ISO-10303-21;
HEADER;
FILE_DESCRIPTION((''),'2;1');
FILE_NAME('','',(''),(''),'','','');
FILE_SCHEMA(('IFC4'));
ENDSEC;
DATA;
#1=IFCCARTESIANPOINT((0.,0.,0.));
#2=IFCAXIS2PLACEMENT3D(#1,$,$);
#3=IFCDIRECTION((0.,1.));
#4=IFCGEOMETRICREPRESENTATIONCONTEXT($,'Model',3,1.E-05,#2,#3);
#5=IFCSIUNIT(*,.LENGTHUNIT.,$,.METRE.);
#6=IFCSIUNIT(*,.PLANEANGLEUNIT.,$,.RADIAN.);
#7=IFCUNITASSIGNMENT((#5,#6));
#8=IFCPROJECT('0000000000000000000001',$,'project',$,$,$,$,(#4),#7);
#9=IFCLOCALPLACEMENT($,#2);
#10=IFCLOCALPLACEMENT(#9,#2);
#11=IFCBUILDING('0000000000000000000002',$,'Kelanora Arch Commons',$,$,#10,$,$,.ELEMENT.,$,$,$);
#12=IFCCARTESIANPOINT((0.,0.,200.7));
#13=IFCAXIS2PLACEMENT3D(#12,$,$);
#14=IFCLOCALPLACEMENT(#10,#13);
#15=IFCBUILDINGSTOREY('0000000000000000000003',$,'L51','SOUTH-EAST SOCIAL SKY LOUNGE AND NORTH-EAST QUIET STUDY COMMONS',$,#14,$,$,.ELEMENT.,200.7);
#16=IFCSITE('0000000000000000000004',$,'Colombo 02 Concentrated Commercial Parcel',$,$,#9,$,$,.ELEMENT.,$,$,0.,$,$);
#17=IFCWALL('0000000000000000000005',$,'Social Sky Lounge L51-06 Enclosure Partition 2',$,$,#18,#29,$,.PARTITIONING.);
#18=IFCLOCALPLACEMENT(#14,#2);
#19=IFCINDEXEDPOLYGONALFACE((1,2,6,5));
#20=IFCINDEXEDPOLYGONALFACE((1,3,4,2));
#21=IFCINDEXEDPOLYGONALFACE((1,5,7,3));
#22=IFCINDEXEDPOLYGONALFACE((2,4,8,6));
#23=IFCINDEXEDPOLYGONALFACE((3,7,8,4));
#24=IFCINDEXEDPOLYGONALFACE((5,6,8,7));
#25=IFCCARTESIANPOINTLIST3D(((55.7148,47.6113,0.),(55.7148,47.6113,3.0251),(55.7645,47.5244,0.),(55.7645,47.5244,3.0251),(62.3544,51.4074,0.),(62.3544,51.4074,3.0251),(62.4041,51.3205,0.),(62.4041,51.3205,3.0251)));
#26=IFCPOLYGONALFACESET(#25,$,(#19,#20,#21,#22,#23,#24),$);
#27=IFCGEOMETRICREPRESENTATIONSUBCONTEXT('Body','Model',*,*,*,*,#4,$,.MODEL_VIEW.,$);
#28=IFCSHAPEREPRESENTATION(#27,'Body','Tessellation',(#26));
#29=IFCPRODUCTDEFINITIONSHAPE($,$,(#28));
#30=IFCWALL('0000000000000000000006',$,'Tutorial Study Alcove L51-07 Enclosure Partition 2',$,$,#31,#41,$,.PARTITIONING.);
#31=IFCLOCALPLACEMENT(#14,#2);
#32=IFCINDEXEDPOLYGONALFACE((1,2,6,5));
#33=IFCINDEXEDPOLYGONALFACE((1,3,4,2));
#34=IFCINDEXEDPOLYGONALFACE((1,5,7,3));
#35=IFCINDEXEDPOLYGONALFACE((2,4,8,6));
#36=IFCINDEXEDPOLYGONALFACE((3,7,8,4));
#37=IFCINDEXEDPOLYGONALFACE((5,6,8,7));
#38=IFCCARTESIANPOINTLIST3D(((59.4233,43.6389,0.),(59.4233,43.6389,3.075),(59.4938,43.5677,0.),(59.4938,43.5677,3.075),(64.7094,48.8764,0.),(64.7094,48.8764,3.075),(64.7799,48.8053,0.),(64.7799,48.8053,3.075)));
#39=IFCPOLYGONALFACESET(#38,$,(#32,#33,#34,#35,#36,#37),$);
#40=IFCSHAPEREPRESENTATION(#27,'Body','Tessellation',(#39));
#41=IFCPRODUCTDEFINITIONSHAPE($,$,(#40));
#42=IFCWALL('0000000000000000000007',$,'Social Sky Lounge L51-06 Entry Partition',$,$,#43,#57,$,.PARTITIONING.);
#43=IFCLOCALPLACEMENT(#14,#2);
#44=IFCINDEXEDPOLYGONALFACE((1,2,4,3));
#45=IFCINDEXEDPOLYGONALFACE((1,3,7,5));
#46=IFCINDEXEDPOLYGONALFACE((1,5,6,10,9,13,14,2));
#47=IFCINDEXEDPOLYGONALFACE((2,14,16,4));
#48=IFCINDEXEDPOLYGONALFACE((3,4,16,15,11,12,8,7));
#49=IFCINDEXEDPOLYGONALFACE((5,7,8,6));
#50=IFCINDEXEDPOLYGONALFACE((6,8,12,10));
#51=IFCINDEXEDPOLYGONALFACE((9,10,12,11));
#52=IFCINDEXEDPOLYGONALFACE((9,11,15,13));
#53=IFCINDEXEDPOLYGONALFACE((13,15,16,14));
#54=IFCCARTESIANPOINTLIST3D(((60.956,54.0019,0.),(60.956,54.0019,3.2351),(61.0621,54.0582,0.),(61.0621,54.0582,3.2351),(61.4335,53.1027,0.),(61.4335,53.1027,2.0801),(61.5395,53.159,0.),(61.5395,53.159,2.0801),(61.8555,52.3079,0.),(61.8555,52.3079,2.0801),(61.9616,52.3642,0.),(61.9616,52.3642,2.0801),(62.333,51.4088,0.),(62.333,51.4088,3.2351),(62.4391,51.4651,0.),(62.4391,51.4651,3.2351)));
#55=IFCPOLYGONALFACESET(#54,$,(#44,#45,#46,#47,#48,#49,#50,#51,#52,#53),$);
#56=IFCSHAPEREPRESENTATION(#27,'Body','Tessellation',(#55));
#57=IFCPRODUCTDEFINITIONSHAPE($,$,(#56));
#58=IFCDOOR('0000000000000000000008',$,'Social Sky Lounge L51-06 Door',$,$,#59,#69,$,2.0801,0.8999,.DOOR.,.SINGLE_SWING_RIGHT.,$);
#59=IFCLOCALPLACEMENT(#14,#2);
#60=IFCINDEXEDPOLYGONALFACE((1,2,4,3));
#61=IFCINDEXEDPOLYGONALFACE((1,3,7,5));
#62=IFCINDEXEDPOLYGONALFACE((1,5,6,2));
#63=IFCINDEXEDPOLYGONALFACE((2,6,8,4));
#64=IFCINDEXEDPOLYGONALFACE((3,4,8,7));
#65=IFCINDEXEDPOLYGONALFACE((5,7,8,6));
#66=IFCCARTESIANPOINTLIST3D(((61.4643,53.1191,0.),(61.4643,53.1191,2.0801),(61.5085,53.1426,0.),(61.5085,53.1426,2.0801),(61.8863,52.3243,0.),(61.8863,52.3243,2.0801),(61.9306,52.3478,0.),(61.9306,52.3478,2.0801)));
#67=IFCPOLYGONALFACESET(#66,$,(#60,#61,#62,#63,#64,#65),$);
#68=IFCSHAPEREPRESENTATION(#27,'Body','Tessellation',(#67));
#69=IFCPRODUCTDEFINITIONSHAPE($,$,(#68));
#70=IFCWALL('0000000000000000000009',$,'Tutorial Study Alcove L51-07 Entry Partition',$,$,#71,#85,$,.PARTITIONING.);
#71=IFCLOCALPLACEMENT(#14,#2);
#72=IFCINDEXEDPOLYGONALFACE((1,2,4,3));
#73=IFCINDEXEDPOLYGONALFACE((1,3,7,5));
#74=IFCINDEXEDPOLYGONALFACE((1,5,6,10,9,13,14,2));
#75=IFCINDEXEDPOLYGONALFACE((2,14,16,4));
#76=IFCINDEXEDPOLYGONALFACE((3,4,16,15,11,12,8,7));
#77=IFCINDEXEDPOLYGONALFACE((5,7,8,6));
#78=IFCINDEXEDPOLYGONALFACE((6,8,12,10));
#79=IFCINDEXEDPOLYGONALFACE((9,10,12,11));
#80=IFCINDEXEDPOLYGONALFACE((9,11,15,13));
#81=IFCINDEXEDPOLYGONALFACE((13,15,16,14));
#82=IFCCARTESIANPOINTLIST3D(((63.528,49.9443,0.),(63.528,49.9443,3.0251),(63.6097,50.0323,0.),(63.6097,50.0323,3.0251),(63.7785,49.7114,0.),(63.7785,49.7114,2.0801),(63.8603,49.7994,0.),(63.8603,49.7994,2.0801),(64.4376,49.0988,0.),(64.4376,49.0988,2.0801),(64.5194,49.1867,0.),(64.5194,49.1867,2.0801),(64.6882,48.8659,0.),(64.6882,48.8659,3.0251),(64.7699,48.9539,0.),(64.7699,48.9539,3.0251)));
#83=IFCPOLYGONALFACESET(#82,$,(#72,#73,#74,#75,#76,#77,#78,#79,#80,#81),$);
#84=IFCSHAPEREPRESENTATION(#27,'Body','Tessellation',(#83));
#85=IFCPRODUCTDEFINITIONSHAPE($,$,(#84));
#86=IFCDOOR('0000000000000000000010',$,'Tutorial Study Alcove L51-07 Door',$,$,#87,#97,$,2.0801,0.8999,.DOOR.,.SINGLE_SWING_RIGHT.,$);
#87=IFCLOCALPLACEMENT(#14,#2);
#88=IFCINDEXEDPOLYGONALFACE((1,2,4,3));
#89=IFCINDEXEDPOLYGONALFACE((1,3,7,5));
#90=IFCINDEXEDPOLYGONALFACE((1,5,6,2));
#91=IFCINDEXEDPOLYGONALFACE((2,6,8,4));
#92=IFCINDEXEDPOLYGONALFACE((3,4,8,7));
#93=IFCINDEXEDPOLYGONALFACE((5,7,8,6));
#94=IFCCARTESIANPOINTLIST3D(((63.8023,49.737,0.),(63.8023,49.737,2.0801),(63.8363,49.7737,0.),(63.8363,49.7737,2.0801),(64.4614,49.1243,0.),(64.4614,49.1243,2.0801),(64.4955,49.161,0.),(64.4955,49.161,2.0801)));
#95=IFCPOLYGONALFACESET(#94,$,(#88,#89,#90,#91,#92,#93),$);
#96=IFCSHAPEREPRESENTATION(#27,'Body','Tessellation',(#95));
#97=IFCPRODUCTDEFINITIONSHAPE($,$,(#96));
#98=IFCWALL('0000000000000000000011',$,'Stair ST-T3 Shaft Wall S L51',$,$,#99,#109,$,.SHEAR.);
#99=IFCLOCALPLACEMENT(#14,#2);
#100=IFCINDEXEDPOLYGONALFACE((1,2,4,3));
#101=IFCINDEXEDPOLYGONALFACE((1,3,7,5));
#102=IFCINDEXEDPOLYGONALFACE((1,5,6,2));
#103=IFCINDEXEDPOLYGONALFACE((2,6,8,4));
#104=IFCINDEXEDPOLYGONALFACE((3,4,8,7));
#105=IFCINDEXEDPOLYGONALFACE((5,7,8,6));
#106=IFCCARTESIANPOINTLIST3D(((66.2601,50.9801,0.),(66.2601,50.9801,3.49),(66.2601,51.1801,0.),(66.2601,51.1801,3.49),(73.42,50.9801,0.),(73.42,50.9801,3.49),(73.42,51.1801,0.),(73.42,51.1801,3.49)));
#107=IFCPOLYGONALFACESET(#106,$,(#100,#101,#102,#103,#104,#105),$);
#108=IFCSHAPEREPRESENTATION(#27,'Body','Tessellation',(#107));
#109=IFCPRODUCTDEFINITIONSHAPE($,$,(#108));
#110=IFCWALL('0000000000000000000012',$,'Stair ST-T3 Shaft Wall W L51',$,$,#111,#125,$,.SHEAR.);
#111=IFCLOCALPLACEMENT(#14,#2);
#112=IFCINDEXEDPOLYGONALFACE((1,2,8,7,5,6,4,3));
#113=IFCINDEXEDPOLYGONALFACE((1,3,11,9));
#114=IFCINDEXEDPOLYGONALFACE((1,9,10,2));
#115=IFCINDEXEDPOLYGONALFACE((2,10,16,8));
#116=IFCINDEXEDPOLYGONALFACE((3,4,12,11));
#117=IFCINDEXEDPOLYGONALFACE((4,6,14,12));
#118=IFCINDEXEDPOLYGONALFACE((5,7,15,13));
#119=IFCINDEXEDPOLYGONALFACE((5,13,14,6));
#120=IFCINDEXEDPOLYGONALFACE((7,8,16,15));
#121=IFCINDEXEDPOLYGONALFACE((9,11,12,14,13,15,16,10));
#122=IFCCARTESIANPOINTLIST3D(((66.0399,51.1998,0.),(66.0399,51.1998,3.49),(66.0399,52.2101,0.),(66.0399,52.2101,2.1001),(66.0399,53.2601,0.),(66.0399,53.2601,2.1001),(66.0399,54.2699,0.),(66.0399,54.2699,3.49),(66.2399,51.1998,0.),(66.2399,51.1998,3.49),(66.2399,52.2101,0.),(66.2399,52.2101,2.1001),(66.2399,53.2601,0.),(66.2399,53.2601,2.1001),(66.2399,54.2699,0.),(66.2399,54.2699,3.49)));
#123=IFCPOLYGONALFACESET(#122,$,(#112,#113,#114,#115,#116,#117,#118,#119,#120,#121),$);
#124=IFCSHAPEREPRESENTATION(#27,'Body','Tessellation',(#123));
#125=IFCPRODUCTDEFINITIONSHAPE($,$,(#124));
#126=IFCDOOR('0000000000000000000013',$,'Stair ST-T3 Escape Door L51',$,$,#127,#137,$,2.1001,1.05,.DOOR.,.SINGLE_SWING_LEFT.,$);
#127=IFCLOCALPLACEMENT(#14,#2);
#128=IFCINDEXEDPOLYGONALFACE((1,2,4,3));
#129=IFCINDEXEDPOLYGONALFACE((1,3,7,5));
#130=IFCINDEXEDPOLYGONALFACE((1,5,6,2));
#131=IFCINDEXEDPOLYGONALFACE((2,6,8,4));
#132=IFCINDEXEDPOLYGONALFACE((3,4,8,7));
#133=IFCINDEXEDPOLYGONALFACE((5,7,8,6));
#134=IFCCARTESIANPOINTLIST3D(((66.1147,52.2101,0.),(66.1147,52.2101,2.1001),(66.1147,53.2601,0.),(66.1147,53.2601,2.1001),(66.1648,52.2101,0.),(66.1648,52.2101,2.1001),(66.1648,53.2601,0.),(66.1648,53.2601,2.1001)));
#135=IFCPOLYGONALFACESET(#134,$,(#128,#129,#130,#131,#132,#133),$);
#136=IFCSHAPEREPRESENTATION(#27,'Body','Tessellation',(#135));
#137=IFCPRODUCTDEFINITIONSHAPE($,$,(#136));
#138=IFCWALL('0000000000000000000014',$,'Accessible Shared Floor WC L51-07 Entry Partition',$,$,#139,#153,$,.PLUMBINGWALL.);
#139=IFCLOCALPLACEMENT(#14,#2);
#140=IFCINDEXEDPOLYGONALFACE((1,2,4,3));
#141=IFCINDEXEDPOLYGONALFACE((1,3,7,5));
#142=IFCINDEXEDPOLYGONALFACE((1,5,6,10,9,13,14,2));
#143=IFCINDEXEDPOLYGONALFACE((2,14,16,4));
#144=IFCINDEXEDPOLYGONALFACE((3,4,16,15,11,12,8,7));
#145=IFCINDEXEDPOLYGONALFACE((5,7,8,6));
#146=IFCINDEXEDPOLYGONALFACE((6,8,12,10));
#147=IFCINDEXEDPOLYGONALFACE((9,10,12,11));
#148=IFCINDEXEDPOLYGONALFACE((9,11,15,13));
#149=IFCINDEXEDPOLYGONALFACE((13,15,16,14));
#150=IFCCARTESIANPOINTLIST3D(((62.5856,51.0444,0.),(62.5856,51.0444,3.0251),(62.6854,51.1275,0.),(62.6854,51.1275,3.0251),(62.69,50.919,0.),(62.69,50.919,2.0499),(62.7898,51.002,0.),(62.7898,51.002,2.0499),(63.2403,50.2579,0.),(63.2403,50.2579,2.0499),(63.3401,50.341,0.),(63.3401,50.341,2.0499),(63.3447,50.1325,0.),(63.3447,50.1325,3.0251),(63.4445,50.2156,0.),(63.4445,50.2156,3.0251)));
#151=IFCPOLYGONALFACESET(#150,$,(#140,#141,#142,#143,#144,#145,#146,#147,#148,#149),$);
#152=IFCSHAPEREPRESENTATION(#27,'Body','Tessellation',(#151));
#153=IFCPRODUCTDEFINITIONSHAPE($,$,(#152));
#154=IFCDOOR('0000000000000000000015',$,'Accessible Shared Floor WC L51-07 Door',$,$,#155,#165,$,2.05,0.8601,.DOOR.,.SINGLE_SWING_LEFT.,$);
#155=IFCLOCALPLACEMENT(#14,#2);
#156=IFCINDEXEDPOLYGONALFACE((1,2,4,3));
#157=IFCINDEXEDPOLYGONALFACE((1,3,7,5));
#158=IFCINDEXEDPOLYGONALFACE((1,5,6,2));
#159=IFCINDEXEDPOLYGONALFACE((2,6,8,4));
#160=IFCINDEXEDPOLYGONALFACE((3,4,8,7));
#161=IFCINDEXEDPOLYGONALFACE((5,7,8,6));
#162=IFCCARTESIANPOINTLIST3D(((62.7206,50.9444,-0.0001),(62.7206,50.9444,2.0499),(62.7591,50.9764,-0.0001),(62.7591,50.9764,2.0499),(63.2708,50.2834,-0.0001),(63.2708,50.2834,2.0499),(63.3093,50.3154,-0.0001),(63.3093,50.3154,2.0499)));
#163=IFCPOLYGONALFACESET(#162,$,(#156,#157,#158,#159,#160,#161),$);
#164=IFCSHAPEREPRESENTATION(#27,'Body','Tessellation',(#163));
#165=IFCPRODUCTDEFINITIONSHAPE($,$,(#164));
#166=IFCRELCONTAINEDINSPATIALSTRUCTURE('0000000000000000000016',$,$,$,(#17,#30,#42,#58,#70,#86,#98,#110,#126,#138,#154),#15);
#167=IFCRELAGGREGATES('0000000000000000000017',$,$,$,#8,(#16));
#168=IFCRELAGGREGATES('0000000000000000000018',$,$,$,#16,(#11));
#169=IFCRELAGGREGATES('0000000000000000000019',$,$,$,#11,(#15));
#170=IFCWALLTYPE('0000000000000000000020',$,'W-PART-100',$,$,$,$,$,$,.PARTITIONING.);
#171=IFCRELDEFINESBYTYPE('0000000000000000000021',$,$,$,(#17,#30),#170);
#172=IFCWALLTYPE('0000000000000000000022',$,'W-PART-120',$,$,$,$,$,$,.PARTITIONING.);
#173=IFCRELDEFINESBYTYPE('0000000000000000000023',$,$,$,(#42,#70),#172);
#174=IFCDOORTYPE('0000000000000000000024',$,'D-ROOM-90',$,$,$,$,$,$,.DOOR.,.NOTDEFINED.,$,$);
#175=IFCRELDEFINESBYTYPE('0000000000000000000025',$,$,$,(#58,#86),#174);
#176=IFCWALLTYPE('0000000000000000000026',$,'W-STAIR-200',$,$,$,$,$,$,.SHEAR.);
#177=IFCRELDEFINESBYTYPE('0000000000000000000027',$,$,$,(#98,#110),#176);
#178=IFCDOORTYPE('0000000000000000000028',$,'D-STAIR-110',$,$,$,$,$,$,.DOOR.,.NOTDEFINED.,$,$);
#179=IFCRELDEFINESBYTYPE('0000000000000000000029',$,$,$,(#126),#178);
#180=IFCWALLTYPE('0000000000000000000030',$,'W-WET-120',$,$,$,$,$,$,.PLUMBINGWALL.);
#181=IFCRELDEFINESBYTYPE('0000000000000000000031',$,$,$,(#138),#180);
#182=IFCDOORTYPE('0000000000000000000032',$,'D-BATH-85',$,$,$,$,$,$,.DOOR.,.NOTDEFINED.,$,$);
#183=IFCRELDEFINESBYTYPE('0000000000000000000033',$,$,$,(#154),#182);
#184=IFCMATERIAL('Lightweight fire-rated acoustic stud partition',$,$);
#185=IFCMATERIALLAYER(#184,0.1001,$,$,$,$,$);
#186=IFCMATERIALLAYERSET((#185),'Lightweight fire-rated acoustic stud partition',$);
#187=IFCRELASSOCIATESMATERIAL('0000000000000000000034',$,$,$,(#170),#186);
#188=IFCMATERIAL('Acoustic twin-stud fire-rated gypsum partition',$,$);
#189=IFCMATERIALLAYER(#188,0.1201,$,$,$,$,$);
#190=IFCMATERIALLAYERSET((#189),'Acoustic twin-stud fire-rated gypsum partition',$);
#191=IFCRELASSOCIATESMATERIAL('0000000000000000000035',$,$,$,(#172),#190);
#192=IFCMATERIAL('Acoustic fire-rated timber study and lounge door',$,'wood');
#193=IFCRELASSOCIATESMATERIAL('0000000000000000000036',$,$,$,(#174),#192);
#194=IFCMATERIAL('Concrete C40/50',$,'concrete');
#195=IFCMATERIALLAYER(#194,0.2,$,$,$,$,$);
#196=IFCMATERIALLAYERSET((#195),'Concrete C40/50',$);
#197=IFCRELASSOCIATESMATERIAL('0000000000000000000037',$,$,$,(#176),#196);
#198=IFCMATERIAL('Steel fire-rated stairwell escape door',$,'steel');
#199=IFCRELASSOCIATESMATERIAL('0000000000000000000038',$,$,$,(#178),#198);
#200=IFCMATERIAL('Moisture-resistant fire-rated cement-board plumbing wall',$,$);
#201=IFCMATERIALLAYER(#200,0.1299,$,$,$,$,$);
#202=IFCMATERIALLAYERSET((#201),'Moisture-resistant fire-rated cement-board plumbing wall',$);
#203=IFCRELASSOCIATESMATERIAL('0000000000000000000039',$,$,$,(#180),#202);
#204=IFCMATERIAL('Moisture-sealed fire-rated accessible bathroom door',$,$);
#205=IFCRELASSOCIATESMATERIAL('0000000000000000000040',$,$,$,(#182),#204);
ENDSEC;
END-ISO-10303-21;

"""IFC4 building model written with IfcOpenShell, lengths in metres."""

from ifc_helpers import new_model, si_unit, direction, frame, frame_2d, origin, place, context, subcontext, project, spatial, rectangle, extrude, material, layer, layer_set, type_object, element, fill, save


model = new_model("IFC4")

# Units and contexts
model_context = context("Model", 3, precision=1e-05, world=origin(), true_north=direction((0.0, 1.0)))
body_context = subcontext(model_context, "Body", "Model", "MODEL_VIEW")
ifc_project = project(units=[si_unit("LENGTHUNIT", "METRE"), si_unit("PLANEANGLEUNIT", "RADIAN")], contexts=[model_context])

# Site, building, storey
site_placement = place(None, origin())
site = spatial("IfcSite", under=ifc_project, at=site_placement, Name="Colombo 02 Concentrated Commercial Parcel", CompositionType="ELEMENT", RefElevation=0.0)
building_placement = place(site_placement, origin())
building = spatial("IfcBuilding", under=site, at=building_placement, Name="Kelanora Arch Commons", CompositionType="ELEMENT")
storey_placement = place(building_placement, frame((0.0, 0.0, 200.7)))
storey = spatial("IfcBuildingStorey", under=building, at=storey_placement, Name="L51", Description="SOUTH-EAST SOCIAL SKY LOUNGE AND NORTH-EAST QUIET STUDY COMMONS", CompositionType="ELEMENT", Elevation=200.7)

# Shared definitions
ifc_material_1 = material(Name="Concrete C40/50", Category="concrete")

# Walls
ifc_material_2 = material(Name="Lightweight fire-rated acoustic stud partition")
ifc_layer_1 = layer(ifc_material_2, 0.1001)
ifc_layer_set_1 = layer_set([ifc_layer_1], Name="Lightweight fire-rated acoustic stud partition")
wall_type_1 = type_object("IfcWallType", Name="W-PART-100", PredefinedType="PARTITIONING", material=ifc_layer_set_1)
wall_1_placement = place(storey_placement, frame((62.3794, 51.364, 0.0), z_axis=(0.0, 0.0, 1.0), x_axis=(-0.868127, -0.496342, 0.0)))
element("IfcWall", 1, at=wall_1_placement, inside=storey, type_object=wall_type_1, Name="Social Sky Lounge L51-06 Enclosure Partition 2", PredefinedType="PARTITIONING", context=body_context, shape_type="SweptSolid", body=[
    extrude(rectangle(XDim=7.6482, YDim=0.1001, at=frame_2d((3.8242, 0.0))), origin(), (0.0, 0.0, 1.0), 3.0251),
])
wall_2_placement = place(storey_placement, frame((64.7446, 48.8408, 0.0), z_axis=(0.0, 0.0, 1.0), x_axis=(-0.710364, -0.703835, 0.0)))
element("IfcWall", 2, at=wall_2_placement, inside=storey, type_object=wall_type_1, Name="Tutorial Study Alcove L51-07 Enclosure Partition 2", PredefinedType="PARTITIONING", context=body_context, shape_type="SweptSolid", body=[
    extrude(rectangle(XDim=7.4414, YDim=0.1001, at=frame_2d((3.7207, 0.0))), origin(), (0.0, 0.0, 1.0), 3.075),
])

# Walls, openings, doors
ifc_material_3 = material(Name="Acoustic twin-stud fire-rated gypsum partition")
ifc_layer_2 = layer(ifc_material_3, 0.1201)
ifc_layer_set_2 = layer_set([ifc_layer_2], Name="Acoustic twin-stud fire-rated gypsum partition")
wall_type_2 = type_object("IfcWallType", Name="W-PART-120", PredefinedType="PARTITIONING", material=ifc_layer_set_2)
wall_3_placement = place(storey_placement, frame((61.009, 54.03, 0.0), z_axis=(0.0, 0.0, 1.0), x_axis=(0.468999, -0.883199, 0.0)))
wall_3 = element("IfcWall", 3, at=wall_3_placement, inside=storey, type_object=wall_type_2, Name="Social Sky Lounge L51-06 Entry Partition", PredefinedType="PARTITIONING", context=body_context, shape_type="SweptSolid", body=[
    extrude(rectangle(XDim=2.936, YDim=0.1201, at=frame_2d((1.468, 0.0))), origin(), (0.0, 0.0, 1.0), 3.2351),
])
opening_1_placement = place(wall_3_placement, frame((1.0181, 0.0, 0.0)))
opening_1 = element("IfcOpeningElement", 4, at=opening_1_placement, cuts=wall_3, PredefinedType="OPENING", context=body_context, shape_type="SweptSolid", body=[
    extrude(rectangle(XDim=0.8999, YDim=2.0801, at=frame_2d((0.45, 1.04))), frame((0.0, 0.0701, 0.0), z_axis=(0.0, -1.0, 0.0), x_axis=(1.0, 0.0, 0.0)), (0.0, 0.0, 1.0), 0.1401),
])
ifc_material_4 = material(Name="Acoustic fire-rated timber study and lounge door", Category="wood")
door_type_1 = type_object("IfcDoorType", Name="D-ROOM-90", OperationType="NOTDEFINED", PredefinedType="DOOR", material=ifc_material_4)
door_1_placement = place(opening_1_placement, origin())
door_1 = element("IfcDoor", 5, at=door_1_placement, inside=storey, type_object=door_type_1, Name="Social Sky Lounge L51-06 Door", OperationType="SINGLE_SWING_RIGHT", OverallHeight=2.0801, OverallWidth=0.8999, PredefinedType="DOOR", context=body_context, shape_type="SweptSolid", body=[
    extrude(rectangle(XDim=0.8999, YDim=2.0801, at=frame_2d((0.45, 1.04))), frame((0.0, 0.0249, 0.0), z_axis=(0.0, -1.0, 0.0), x_axis=(1.0, 0.0, 0.0)), (0.0, 0.0, 1.0), 0.05),
])
fill(opening_1, door_1)
wall_4_placement = place(storey_placement, frame((63.5688, 49.9883, 0.0), z_axis=(0.0, 0.0, 1.0), x_axis=(0.732453, -0.680818, 0.0)))
wall_4 = element("IfcWall", 6, at=wall_4_placement, inside=storey, type_object=wall_type_2, Name="Tutorial Study Alcove L51-07 Entry Partition", PredefinedType="PARTITIONING", context=body_context, shape_type="SweptSolid", body=[
    extrude(rectangle(XDim=1.584, YDim=0.1201, at=frame_2d((0.792, 0.0))), origin(), (0.0, 0.0, 1.0), 3.0251),
])
opening_2_placement = place(wall_4_placement, frame((0.342, 0.0, 0.0)))
opening_2 = element("IfcOpeningElement", 7, at=opening_2_placement, cuts=wall_4, PredefinedType="OPENING", context=body_context, shape_type="SweptSolid", body=[
    extrude(rectangle(XDim=0.8999, YDim=2.0801, at=frame_2d((0.45, 1.04))), frame((0.0, 0.0701, 0.0), z_axis=(0.0, -1.0, 0.0), x_axis=(1.0, 0.0, 0.0)), (0.0, 0.0, 1.0), 0.1401),
])
door_2_placement = place(opening_2_placement, origin())
door_2 = element("IfcDoor", 8, at=door_2_placement, inside=storey, type_object=door_type_1, Name="Tutorial Study Alcove L51-07 Door", OperationType="SINGLE_SWING_RIGHT", OverallHeight=2.0801, OverallWidth=0.8999, PredefinedType="DOOR", context=body_context, shape_type="SweptSolid", body=[
    extrude(rectangle(XDim=0.8999, YDim=2.0801, at=frame_2d((0.45, 1.04))), frame((0.0, 0.0249, 0.0), z_axis=(0.0, -1.0, 0.0), x_axis=(1.0, 0.0, 0.0)), (0.0, 0.0, 1.0), 0.05),
])
fill(opening_2, door_2)

# Wall
ifc_layer_3 = layer(ifc_material_1, 0.2)
ifc_layer_set_3 = layer_set([ifc_layer_3], Name="Concrete C40/50")
wall_type_3 = type_object("IfcWallType", Name="W-STAIR-200", PredefinedType="SHEAR", material=ifc_layer_set_3)
wall_5_placement = place(storey_placement, frame((66.26, 51.0801, 0.0), z_axis=(0.0, 0.0, 1.0), x_axis=(1.0, 0.0, 0.0)))
element("IfcWall", 9, at=wall_5_placement, inside=storey, type_object=wall_type_3, Name="Stair ST-T3 Shaft Wall S L51", PredefinedType="SHEAR", context=body_context, shape_type="SweptSolid", body=[
    extrude(rectangle(XDim=7.1599, YDim=0.2, at=frame_2d((3.5801, 0.0))), origin(), (0.0, 0.0, 1.0), 3.49),
])

# Walls, openings, doors
wall_6_placement = place(storey_placement, frame((66.1399, 54.27, 0.0), z_axis=(0.0, 0.0, 1.0), x_axis=(0.0, -1.0, 0.0)))
wall_6 = element("IfcWall", 10, at=wall_6_placement, inside=storey, type_object=wall_type_3, Name="Stair ST-T3 Shaft Wall W L51", PredefinedType="SHEAR", context=body_context, shape_type="SweptSolid", body=[
    extrude(rectangle(XDim=3.0701, YDim=0.2, at=frame_2d((1.5352, 0.0))), origin(), (0.0, 0.0, 1.0), 3.49),
])
opening_3_placement = place(wall_6_placement, frame((1.01, 0.0, 0.0)))
opening_3 = element("IfcOpeningElement", 11, at=opening_3_placement, cuts=wall_6, PredefinedType="OPENING", context=body_context, shape_type="SweptSolid", body=[
    extrude(rectangle(XDim=1.05, YDim=2.1001, at=frame_2d((0.5249, 1.05))), frame((0.0, 0.1099, 0.0), z_axis=(0.0, -1.0, 0.0), x_axis=(1.0, 0.0, 0.0)), (0.0, 0.0, 1.0), 0.22),
])
ifc_material_5 = material(Name="Steel fire-rated stairwell escape door", Category="steel")
door_type_2 = type_object("IfcDoorType", Name="D-STAIR-110", OperationType="NOTDEFINED", PredefinedType="DOOR", material=ifc_material_5)
door_3_placement = place(opening_3_placement, origin())
door_3 = element("IfcDoor", 12, at=door_3_placement, inside=storey, type_object=door_type_2, Name="Stair ST-T3 Escape Door L51", OperationType="SINGLE_SWING_LEFT", OverallHeight=2.1001, OverallWidth=1.05, PredefinedType="DOOR", context=body_context, shape_type="SweptSolid", body=[
    extrude(rectangle(XDim=1.05, YDim=2.1001, at=frame_2d((0.5249, 1.05))), frame((0.0, 0.0249, 0.0), z_axis=(0.0, -1.0, 0.0), x_axis=(1.0, 0.0, 0.0)), (0.0, 0.0, 1.0), 0.05),
])
fill(opening_3, door_3)
ifc_material_6 = material(Name="Moisture-resistant fire-rated cement-board plumbing wall")
ifc_layer_4 = layer(ifc_material_6, 0.1299)
ifc_layer_set_4 = layer_set([ifc_layer_4], Name="Moisture-resistant fire-rated cement-board plumbing wall")
wall_type_4 = type_object("IfcWallType", Name="W-WET-120", PredefinedType="PLUMBINGWALL", material=ifc_layer_set_4)
wall_7_placement = place(storey_placement, frame((62.6355, 51.0859, 0.0), z_axis=(0.0, 0.0, 1.0), x_axis=(0.639759, -0.768575, 0.0)))
wall_7 = element("IfcWall", 13, at=wall_7_placement, inside=storey, type_object=wall_type_4, Name="Accessible Shared Floor WC L51-07 Entry Partition", PredefinedType="PLUMBINGWALL", context=body_context, shape_type="SweptSolid", body=[
    extrude(rectangle(XDim=1.1865, YDim=0.1299, at=frame_2d((0.5933, 0.0))), origin(), (0.0, 0.0, 1.0), 3.0251),
])
opening_4_placement = place(wall_7_placement, frame((0.1631, 0.0, 0.0)))
opening_4 = element("IfcOpeningElement", 14, at=opening_4_placement, cuts=wall_7, PredefinedType="OPENING", context=body_context, shape_type="SweptSolid", body=[
    extrude(rectangle(XDim=0.8601, YDim=2.05, at=frame_2d((0.4302, 1.0249))), frame((0.0, 0.075, 0.0), z_axis=(0.0, -1.0, 0.0), x_axis=(1.0, 0.0, 0.0)), (0.0, 0.0, 1.0), 0.1499),
])
ifc_material_7 = material(Name="Moisture-sealed fire-rated accessible bathroom door")
door_type_3 = type_object("IfcDoorType", Name="D-BATH-85", OperationType="NOTDEFINED", PredefinedType="DOOR", material=ifc_material_7)
door_4_placement = place(opening_4_placement, origin())
door_4 = element("IfcDoor", 15, at=door_4_placement, inside=storey, type_object=door_type_3, Name="Accessible Shared Floor WC L51-07 Door", OperationType="SINGLE_SWING_LEFT", OverallHeight=2.05, OverallWidth=0.8601, PredefinedType="DOOR", context=body_context, shape_type="SweptSolid", body=[
    extrude(rectangle(XDim=0.8601, YDim=2.05, at=frame_2d((0.4302, 1.0249))), frame((0.0, 0.0249, 0.0), z_axis=(0.0, -1.0, 0.0), x_axis=(1.0, 0.0, 0.0)), (0.0, 0.0, 1.0), 0.05),
])
fill(opening_4, door_4)

save(model, "model.ifc")
